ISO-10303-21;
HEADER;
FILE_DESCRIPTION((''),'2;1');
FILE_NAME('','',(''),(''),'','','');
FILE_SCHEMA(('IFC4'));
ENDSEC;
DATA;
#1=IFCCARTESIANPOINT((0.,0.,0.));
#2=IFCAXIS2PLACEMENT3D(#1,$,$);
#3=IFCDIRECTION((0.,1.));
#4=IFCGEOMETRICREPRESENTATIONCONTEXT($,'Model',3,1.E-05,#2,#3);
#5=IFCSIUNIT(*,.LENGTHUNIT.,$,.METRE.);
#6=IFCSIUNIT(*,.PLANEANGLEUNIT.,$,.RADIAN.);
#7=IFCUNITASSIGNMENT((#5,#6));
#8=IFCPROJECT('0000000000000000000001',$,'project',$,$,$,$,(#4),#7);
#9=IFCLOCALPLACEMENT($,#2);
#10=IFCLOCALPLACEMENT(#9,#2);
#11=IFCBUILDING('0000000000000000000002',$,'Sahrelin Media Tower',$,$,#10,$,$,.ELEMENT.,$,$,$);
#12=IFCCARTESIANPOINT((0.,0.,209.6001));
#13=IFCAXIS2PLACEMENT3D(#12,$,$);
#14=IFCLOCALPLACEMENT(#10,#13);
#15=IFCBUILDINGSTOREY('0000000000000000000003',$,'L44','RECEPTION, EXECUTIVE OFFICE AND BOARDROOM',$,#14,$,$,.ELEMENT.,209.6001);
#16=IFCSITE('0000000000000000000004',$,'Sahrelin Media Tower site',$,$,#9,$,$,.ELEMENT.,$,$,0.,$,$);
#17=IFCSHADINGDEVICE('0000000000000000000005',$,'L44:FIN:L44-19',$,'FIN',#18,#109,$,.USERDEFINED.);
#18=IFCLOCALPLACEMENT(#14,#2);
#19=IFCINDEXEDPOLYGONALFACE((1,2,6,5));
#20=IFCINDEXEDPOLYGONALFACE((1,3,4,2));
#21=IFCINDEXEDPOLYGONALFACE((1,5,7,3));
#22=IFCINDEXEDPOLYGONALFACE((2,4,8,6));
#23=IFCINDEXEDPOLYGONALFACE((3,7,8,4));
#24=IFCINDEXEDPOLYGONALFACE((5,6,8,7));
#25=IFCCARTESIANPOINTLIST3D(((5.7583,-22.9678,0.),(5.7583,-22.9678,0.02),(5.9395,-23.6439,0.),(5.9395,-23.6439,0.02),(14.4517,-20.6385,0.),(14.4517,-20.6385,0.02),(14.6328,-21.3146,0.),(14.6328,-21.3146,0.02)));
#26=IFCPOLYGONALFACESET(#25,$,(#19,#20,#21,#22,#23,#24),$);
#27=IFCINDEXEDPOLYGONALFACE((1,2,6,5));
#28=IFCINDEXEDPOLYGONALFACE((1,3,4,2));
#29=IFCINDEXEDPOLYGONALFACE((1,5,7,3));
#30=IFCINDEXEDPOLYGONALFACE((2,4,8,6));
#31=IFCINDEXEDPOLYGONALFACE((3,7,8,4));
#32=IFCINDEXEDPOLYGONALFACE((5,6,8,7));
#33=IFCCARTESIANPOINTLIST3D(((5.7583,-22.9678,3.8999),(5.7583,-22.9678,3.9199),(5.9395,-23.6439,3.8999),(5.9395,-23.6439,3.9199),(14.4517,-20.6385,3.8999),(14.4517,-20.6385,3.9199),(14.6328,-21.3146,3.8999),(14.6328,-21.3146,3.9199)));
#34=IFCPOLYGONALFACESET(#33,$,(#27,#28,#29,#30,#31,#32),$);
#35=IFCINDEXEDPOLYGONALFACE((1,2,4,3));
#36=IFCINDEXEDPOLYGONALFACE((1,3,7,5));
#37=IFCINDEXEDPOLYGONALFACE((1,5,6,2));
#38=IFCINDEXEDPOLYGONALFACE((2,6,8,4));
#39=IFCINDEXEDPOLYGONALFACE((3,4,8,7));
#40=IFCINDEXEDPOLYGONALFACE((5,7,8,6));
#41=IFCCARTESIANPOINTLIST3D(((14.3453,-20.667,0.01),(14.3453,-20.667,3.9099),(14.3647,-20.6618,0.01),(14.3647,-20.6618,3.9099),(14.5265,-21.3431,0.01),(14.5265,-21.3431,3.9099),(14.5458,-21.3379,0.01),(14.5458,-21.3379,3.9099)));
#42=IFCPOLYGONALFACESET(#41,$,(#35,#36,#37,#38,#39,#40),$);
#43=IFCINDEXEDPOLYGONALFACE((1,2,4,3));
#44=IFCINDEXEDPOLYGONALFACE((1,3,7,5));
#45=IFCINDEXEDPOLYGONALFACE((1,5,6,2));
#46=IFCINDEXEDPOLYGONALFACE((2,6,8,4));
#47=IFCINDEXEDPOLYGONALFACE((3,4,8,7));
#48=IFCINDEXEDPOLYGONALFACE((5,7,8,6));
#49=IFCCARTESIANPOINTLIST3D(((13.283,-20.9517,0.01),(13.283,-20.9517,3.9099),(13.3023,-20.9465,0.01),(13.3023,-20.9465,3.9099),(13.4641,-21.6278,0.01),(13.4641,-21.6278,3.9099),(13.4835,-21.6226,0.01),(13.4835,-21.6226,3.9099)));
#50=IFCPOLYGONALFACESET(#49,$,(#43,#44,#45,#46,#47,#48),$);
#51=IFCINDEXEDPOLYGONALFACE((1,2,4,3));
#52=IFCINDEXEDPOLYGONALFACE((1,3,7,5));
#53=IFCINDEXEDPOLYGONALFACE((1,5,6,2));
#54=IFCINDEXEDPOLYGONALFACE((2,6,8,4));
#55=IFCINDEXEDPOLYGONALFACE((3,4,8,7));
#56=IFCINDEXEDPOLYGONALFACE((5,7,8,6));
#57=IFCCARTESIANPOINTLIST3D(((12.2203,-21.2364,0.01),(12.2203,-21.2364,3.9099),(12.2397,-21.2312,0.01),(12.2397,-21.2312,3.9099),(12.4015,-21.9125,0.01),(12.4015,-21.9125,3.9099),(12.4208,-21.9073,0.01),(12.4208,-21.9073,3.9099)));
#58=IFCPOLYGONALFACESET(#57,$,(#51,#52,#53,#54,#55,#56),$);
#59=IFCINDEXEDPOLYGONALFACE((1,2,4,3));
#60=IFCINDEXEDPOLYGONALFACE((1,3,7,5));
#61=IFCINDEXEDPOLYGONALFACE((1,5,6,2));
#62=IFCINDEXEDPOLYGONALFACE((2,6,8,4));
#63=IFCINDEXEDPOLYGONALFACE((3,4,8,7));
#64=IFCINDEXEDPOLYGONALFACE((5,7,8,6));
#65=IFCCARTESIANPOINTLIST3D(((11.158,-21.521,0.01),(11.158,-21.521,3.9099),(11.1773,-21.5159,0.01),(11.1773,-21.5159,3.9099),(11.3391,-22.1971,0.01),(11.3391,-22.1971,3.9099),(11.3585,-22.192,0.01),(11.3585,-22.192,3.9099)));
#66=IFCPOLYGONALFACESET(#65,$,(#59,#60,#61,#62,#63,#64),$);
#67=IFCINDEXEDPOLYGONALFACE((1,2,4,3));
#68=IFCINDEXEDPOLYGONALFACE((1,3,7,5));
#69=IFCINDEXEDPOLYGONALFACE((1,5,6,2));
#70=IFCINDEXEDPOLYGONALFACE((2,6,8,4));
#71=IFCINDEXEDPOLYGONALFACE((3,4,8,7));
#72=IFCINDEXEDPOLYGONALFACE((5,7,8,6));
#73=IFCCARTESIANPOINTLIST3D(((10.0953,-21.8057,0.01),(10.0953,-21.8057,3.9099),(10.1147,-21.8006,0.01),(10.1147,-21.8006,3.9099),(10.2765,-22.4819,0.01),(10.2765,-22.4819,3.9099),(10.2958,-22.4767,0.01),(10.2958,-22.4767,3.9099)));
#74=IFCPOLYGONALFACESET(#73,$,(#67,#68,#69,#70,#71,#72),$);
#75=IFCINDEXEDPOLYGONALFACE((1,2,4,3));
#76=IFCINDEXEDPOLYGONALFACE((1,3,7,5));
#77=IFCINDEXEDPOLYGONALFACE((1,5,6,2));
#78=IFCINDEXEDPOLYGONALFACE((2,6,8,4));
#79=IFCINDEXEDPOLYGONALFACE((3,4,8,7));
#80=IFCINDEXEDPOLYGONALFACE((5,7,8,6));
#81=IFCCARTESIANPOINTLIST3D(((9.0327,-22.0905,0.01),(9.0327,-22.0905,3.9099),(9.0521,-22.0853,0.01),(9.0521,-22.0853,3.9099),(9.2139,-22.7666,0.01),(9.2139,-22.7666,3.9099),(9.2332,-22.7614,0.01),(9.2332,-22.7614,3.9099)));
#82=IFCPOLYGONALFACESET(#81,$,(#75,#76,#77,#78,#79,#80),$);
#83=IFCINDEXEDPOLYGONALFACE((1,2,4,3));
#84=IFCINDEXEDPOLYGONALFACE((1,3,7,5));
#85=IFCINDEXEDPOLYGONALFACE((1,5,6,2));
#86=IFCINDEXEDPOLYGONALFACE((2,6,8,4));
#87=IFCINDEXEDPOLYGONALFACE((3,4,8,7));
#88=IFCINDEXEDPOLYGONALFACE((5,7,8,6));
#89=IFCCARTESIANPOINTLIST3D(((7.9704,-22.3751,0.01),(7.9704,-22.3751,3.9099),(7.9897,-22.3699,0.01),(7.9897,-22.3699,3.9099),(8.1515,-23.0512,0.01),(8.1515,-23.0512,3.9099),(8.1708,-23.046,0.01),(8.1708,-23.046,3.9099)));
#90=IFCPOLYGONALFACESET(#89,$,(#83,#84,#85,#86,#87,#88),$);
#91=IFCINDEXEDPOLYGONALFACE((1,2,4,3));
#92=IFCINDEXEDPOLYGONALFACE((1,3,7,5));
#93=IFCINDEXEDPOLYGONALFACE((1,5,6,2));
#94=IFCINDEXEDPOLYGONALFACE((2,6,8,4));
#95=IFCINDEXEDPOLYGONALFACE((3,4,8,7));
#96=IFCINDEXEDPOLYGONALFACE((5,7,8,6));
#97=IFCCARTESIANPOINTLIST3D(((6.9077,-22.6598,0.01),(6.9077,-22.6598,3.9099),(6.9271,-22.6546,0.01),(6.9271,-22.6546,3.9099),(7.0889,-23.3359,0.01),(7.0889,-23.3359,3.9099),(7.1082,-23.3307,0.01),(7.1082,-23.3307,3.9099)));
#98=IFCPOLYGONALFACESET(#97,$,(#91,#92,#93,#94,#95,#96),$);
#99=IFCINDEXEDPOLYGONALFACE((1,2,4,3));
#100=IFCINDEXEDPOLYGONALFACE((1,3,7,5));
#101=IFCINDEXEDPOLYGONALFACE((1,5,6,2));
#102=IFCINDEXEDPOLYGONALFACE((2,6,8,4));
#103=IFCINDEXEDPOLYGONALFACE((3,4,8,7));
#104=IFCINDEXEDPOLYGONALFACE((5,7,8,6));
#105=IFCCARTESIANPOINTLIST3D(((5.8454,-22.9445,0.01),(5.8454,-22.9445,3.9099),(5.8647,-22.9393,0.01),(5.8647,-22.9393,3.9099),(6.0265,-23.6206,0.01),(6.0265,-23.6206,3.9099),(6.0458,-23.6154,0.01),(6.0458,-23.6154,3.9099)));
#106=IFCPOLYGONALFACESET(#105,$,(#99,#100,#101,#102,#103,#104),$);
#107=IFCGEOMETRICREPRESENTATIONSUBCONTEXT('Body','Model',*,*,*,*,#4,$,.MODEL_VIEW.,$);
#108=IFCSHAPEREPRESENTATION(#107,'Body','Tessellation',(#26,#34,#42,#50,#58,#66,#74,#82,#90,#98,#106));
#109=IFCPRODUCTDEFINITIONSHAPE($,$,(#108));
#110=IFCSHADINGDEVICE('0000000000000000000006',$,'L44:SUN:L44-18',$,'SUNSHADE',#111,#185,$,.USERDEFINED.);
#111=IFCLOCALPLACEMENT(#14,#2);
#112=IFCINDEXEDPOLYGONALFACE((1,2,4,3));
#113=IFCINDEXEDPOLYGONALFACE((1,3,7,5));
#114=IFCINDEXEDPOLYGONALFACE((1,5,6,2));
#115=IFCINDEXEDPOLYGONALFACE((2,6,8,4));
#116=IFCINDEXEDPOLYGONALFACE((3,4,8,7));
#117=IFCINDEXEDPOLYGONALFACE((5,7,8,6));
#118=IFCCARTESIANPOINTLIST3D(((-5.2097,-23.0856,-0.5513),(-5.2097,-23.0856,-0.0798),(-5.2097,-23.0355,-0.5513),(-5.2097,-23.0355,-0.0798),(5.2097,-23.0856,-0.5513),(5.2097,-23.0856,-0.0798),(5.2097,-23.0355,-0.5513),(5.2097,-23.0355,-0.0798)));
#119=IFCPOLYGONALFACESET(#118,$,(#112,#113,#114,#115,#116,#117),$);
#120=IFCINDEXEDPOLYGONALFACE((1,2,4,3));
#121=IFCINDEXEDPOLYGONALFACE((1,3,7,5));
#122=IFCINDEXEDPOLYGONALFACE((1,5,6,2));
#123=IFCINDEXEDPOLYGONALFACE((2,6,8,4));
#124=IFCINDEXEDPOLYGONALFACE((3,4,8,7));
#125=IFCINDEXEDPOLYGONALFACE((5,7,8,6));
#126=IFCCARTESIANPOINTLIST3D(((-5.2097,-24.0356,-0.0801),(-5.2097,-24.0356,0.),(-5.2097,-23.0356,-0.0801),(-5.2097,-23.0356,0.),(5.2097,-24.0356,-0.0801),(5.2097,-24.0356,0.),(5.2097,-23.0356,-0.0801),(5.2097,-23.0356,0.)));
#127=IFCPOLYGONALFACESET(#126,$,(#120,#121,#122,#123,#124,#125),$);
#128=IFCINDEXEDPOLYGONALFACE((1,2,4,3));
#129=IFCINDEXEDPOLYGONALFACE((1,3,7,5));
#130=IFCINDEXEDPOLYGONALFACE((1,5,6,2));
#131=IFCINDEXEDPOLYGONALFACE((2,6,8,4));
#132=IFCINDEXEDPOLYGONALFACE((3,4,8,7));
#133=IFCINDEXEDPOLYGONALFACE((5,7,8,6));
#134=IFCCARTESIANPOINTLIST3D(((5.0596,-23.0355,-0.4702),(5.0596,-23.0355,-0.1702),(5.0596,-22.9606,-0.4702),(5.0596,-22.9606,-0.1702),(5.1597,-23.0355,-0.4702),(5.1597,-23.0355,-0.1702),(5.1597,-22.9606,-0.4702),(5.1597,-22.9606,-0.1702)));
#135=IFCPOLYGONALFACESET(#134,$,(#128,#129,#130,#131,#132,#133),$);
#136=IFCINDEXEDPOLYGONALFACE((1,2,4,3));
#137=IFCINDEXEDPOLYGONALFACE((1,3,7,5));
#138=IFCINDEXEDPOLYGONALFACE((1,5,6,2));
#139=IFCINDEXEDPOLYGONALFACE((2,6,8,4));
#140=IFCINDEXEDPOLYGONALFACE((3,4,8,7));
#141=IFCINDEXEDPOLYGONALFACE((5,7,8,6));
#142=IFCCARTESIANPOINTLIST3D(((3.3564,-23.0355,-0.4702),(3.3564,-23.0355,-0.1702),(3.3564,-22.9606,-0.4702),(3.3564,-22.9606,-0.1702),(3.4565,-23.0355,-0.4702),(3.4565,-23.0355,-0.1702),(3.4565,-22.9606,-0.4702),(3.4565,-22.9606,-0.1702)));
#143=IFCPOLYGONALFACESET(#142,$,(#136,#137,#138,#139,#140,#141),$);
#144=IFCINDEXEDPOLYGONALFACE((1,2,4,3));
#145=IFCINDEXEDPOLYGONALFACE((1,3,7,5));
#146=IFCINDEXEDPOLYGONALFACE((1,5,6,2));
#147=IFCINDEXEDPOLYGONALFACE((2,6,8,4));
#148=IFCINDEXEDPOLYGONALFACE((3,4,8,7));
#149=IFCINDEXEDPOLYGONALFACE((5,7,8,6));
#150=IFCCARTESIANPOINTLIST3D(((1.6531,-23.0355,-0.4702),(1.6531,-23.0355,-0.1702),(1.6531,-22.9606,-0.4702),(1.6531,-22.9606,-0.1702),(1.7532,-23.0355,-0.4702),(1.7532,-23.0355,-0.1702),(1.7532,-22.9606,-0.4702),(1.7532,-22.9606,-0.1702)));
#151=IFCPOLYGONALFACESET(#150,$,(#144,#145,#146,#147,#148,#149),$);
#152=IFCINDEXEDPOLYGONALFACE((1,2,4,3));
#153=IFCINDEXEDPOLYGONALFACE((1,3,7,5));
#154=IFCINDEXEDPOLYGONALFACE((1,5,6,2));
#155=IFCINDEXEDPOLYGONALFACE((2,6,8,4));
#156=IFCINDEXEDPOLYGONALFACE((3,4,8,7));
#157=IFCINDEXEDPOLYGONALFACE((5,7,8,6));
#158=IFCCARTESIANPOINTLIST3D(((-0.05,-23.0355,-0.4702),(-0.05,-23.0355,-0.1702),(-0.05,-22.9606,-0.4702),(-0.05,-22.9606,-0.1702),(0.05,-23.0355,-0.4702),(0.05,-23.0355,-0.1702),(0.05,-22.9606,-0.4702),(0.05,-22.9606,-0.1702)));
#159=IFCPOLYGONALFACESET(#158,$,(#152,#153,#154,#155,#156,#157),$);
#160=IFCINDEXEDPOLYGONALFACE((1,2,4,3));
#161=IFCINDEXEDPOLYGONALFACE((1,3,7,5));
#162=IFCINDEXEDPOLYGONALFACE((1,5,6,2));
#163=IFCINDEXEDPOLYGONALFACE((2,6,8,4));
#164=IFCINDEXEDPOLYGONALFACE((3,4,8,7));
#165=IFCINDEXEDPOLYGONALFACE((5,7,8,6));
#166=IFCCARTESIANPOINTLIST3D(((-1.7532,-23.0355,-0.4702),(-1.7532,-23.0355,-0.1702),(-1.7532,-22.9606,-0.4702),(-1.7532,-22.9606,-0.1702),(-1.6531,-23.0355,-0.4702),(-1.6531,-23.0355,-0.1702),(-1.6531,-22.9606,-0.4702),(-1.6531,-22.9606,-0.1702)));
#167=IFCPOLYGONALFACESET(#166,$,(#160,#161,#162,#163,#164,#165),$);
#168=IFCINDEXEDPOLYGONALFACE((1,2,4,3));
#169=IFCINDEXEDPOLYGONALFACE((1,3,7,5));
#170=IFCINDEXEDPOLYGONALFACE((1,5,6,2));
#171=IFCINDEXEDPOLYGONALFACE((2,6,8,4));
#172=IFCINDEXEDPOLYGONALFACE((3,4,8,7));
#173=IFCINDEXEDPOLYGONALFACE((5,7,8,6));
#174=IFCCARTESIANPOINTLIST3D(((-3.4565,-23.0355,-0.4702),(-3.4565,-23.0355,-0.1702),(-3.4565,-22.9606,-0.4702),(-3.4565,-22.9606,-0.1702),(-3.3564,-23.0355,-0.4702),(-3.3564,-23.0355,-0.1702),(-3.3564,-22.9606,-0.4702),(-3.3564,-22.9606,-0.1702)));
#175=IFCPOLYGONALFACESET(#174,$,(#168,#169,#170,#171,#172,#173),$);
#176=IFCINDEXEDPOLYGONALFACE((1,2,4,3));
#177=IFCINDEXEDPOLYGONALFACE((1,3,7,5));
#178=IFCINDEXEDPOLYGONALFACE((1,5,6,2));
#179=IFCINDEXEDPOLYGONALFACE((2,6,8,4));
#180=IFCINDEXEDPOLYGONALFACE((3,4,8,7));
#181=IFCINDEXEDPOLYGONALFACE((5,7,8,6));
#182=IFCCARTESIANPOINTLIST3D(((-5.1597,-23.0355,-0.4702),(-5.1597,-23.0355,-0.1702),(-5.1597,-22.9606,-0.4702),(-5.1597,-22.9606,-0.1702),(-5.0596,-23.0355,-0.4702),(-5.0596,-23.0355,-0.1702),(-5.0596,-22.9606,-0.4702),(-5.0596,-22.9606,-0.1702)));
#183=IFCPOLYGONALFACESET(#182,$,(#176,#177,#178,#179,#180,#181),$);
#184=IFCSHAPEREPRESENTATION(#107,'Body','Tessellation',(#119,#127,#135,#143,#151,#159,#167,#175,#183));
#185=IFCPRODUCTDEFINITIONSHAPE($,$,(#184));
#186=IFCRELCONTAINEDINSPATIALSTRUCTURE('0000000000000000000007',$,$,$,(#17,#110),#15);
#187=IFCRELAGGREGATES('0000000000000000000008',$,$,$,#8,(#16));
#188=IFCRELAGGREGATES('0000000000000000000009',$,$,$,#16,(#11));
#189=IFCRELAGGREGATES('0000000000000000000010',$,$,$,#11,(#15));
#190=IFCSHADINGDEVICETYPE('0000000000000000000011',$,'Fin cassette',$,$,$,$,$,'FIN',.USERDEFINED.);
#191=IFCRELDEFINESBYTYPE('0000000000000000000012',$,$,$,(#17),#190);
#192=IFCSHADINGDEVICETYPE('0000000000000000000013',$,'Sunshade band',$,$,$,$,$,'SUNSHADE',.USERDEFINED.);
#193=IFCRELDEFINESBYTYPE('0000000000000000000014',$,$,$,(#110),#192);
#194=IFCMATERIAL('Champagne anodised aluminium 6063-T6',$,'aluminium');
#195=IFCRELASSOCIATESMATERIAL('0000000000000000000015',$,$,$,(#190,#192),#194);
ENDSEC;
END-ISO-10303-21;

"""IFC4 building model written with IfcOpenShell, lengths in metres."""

from ifc_helpers import new_model, si_unit, direction, frame, origin, origin_2d, place, context, subcontext, project, spatial, rectangle, extrude, material, type_object, element, save


model = new_model("IFC4")

# Units and contexts
model_context = context("Model", 3, precision=1e-05, world=origin(), true_north=direction((0.0, 1.0)))
body_context = subcontext(model_context, "Body", "Model", "MODEL_VIEW")
ifc_project = project(units=[si_unit("LENGTHUNIT", "METRE"), si_unit("PLANEANGLEUNIT", "RADIAN")], contexts=[model_context])

# Site, building, storey
site_placement = place(None, origin())
site = spatial("IfcSite", under=ifc_project, at=site_placement, Name="Sahrelin Media Tower site", CompositionType="ELEMENT", RefElevation=0.0)
building_placement = place(site_placement, origin())
building = spatial("IfcBuilding", under=site, at=building_placement, Name="Sahrelin Media Tower", CompositionType="ELEMENT")
storey_placement = place(building_placement, frame((0.0, 0.0, 209.6001)))
storey = spatial("IfcBuildingStorey", under=building, at=storey_placement, Name="L44", Description="RECEPTION, EXECUTIVE OFFICE AND BOARDROOM", CompositionType="ELEMENT", Elevation=209.6001)

# Shared definitions
ifc_material_1 = material(Name="Champagne anodised aluminium 6063-T6", Category="aluminium")

# Shading devices
shading_device_type_1 = type_object("IfcShadingDeviceType", Name="Fin cassette", ElementType="FIN", PredefinedType="USERDEFINED", material=ifc_material_1)
placement_1 = place(storey_placement, frame((0.0, -23.0156, 0.0), z_axis=(0.0, 0.0, 1.0), x_axis=(-1.0, 0.0, 0.0)))
placement_2 = place(storey_placement, frame((10.0869, -21.7356, 0.0), z_axis=(0.0, 0.0, 1.0), x_axis=(-0.965929, -0.258808, 0.0)))
element("IfcShadingDevice", 1, at=placement_2, inside=storey, type_object=shading_device_type_1, Name="L44:FIN:L44-19", ObjectType="FIN", PredefinedType="USERDEFINED", context=body_context, shape_type="SweptSolid", body=[
    extrude(rectangle(XDim=9.0, YDim=0.7, at=origin_2d()), frame((0.0, 0.4199, 0.0)), (0.0, 0.0, 1.0), 0.02),
    extrude(rectangle(XDim=9.0, YDim=0.7, at=origin_2d()), frame((0.0, 0.4199, 3.8999)), (0.0, 0.0, 1.0), 0.02),
    extrude(rectangle(XDim=0.02, YDim=0.7, at=origin_2d()), frame((-4.3999, 0.4199, 0.01), z_axis=(0.0, 0.0, 1.0), x_axis=(1.0, 0.0, 0.0)), (0.0, 0.0, 1.0), 3.8999),
    extrude(rectangle(XDim=0.02, YDim=0.7, at=origin_2d()), frame((-3.3, 0.4199, 0.01), z_axis=(0.0, 0.0, 1.0), x_axis=(1.0, 0.0, 0.0)), (0.0, 0.0, 1.0), 3.8999),
    extrude(rectangle(XDim=0.02, YDim=0.7, at=origin_2d()), frame((-2.2, 0.4199, 0.01), z_axis=(0.0, 0.0, 1.0), x_axis=(1.0, 0.0, 0.0)), (0.0, 0.0, 1.0), 3.8999),
    extrude(rectangle(XDim=0.02, YDim=0.7, at=origin_2d()), frame((-1.1001, 0.4199, 0.01), z_axis=(0.0, 0.0, 1.0), x_axis=(1.0, 0.0, 0.0)), (0.0, 0.0, 1.0), 3.8999),
    extrude(rectangle(XDim=0.02, YDim=0.7, at=origin_2d()), frame((0.0, 0.4199, 0.01), z_axis=(0.0, 0.0, 1.0), x_axis=(1.0, 0.0, 0.0)), (0.0, 0.0, 1.0), 3.8999),
    extrude(rectangle(XDim=0.02, YDim=0.7, at=origin_2d()), frame((1.1001, 0.4199, 0.01), z_axis=(0.0, 0.0, 1.0), x_axis=(1.0, 0.0, 0.0)), (0.0, 0.0, 1.0), 3.8999),
    extrude(rectangle(XDim=0.02, YDim=0.7, at=origin_2d()), frame((2.2, 0.4199, 0.01), z_axis=(0.0, 0.0, 1.0), x_axis=(1.0, 0.0, 0.0)), (0.0, 0.0, 1.0), 3.8999),
    extrude(rectangle(XDim=0.02, YDim=0.7, at=origin_2d()), frame((3.3, 0.4199, 0.01), z_axis=(0.0, 0.0, 1.0), x_axis=(1.0, 0.0, 0.0)), (0.0, 0.0, 1.0), 3.8999),
    extrude(rectangle(XDim=0.02, YDim=0.7, at=origin_2d()), frame((4.3999, 0.4199, 0.01), z_axis=(0.0, 0.0, 1.0), x_axis=(1.0, 0.0, 0.0)), (0.0, 0.0, 1.0), 3.8999),
])
shading_device_type_2 = type_object("IfcShadingDeviceType", Name="Sunshade band", ElementType="SUNSHADE", PredefinedType="USERDEFINED", material=ifc_material_1)
element("IfcShadingDevice", 2, at=placement_1, inside=storey, type_object=shading_device_type_2, Name="L44:SUN:L44-18", ObjectType="SUNSHADE", PredefinedType="USERDEFINED", context=body_context, shape_type="SweptSolid", body=[
    extrude(rectangle(XDim=10.4194, YDim=0.05, at=origin_2d()), frame((0.0, 0.0449, -0.5513)), (0.0, 0.0, 1.0), 0.4714),
    extrude(rectangle(XDim=10.4194, YDim=1.0, at=origin_2d()), frame((0.0, 0.52, -0.0801)), (0.0, 0.0, 1.0), 0.0801),
    extrude(rectangle(XDim=0.1001, YDim=0.075, at=origin_2d()), frame((-5.1096, -0.0176, -0.4702)), (0.0, 0.0, 1.0), 0.3),
    extrude(rectangle(XDim=0.1001, YDim=0.075, at=origin_2d()), frame((-3.4065, -0.0176, -0.4702)), (0.0, 0.0, 1.0), 0.3),
    extrude(rectangle(XDim=0.1001, YDim=0.075, at=origin_2d()), frame((-1.7031, -0.0176, -0.4702)), (0.0, 0.0, 1.0), 0.3),
    extrude(rectangle(XDim=0.1001, YDim=0.075, at=origin_2d()), frame((0.0, -0.0176, -0.4702)), (0.0, 0.0, 1.0), 0.3),
    extrude(rectangle(XDim=0.1001, YDim=0.075, at=origin_2d()), frame((1.7031, -0.0176, -0.4702)), (0.0, 0.0, 1.0), 0.3),
    extrude(rectangle(XDim=0.1001, YDim=0.075, at=origin_2d()), frame((3.4065, -0.0176, -0.4702)), (0.0, 0.0, 1.0), 0.3),
    extrude(rectangle(XDim=0.1001, YDim=0.075, at=origin_2d()), frame((5.1096, -0.0176, -0.4702)), (0.0, 0.0, 1.0), 0.3),
])

save(model, "model.ifc")
